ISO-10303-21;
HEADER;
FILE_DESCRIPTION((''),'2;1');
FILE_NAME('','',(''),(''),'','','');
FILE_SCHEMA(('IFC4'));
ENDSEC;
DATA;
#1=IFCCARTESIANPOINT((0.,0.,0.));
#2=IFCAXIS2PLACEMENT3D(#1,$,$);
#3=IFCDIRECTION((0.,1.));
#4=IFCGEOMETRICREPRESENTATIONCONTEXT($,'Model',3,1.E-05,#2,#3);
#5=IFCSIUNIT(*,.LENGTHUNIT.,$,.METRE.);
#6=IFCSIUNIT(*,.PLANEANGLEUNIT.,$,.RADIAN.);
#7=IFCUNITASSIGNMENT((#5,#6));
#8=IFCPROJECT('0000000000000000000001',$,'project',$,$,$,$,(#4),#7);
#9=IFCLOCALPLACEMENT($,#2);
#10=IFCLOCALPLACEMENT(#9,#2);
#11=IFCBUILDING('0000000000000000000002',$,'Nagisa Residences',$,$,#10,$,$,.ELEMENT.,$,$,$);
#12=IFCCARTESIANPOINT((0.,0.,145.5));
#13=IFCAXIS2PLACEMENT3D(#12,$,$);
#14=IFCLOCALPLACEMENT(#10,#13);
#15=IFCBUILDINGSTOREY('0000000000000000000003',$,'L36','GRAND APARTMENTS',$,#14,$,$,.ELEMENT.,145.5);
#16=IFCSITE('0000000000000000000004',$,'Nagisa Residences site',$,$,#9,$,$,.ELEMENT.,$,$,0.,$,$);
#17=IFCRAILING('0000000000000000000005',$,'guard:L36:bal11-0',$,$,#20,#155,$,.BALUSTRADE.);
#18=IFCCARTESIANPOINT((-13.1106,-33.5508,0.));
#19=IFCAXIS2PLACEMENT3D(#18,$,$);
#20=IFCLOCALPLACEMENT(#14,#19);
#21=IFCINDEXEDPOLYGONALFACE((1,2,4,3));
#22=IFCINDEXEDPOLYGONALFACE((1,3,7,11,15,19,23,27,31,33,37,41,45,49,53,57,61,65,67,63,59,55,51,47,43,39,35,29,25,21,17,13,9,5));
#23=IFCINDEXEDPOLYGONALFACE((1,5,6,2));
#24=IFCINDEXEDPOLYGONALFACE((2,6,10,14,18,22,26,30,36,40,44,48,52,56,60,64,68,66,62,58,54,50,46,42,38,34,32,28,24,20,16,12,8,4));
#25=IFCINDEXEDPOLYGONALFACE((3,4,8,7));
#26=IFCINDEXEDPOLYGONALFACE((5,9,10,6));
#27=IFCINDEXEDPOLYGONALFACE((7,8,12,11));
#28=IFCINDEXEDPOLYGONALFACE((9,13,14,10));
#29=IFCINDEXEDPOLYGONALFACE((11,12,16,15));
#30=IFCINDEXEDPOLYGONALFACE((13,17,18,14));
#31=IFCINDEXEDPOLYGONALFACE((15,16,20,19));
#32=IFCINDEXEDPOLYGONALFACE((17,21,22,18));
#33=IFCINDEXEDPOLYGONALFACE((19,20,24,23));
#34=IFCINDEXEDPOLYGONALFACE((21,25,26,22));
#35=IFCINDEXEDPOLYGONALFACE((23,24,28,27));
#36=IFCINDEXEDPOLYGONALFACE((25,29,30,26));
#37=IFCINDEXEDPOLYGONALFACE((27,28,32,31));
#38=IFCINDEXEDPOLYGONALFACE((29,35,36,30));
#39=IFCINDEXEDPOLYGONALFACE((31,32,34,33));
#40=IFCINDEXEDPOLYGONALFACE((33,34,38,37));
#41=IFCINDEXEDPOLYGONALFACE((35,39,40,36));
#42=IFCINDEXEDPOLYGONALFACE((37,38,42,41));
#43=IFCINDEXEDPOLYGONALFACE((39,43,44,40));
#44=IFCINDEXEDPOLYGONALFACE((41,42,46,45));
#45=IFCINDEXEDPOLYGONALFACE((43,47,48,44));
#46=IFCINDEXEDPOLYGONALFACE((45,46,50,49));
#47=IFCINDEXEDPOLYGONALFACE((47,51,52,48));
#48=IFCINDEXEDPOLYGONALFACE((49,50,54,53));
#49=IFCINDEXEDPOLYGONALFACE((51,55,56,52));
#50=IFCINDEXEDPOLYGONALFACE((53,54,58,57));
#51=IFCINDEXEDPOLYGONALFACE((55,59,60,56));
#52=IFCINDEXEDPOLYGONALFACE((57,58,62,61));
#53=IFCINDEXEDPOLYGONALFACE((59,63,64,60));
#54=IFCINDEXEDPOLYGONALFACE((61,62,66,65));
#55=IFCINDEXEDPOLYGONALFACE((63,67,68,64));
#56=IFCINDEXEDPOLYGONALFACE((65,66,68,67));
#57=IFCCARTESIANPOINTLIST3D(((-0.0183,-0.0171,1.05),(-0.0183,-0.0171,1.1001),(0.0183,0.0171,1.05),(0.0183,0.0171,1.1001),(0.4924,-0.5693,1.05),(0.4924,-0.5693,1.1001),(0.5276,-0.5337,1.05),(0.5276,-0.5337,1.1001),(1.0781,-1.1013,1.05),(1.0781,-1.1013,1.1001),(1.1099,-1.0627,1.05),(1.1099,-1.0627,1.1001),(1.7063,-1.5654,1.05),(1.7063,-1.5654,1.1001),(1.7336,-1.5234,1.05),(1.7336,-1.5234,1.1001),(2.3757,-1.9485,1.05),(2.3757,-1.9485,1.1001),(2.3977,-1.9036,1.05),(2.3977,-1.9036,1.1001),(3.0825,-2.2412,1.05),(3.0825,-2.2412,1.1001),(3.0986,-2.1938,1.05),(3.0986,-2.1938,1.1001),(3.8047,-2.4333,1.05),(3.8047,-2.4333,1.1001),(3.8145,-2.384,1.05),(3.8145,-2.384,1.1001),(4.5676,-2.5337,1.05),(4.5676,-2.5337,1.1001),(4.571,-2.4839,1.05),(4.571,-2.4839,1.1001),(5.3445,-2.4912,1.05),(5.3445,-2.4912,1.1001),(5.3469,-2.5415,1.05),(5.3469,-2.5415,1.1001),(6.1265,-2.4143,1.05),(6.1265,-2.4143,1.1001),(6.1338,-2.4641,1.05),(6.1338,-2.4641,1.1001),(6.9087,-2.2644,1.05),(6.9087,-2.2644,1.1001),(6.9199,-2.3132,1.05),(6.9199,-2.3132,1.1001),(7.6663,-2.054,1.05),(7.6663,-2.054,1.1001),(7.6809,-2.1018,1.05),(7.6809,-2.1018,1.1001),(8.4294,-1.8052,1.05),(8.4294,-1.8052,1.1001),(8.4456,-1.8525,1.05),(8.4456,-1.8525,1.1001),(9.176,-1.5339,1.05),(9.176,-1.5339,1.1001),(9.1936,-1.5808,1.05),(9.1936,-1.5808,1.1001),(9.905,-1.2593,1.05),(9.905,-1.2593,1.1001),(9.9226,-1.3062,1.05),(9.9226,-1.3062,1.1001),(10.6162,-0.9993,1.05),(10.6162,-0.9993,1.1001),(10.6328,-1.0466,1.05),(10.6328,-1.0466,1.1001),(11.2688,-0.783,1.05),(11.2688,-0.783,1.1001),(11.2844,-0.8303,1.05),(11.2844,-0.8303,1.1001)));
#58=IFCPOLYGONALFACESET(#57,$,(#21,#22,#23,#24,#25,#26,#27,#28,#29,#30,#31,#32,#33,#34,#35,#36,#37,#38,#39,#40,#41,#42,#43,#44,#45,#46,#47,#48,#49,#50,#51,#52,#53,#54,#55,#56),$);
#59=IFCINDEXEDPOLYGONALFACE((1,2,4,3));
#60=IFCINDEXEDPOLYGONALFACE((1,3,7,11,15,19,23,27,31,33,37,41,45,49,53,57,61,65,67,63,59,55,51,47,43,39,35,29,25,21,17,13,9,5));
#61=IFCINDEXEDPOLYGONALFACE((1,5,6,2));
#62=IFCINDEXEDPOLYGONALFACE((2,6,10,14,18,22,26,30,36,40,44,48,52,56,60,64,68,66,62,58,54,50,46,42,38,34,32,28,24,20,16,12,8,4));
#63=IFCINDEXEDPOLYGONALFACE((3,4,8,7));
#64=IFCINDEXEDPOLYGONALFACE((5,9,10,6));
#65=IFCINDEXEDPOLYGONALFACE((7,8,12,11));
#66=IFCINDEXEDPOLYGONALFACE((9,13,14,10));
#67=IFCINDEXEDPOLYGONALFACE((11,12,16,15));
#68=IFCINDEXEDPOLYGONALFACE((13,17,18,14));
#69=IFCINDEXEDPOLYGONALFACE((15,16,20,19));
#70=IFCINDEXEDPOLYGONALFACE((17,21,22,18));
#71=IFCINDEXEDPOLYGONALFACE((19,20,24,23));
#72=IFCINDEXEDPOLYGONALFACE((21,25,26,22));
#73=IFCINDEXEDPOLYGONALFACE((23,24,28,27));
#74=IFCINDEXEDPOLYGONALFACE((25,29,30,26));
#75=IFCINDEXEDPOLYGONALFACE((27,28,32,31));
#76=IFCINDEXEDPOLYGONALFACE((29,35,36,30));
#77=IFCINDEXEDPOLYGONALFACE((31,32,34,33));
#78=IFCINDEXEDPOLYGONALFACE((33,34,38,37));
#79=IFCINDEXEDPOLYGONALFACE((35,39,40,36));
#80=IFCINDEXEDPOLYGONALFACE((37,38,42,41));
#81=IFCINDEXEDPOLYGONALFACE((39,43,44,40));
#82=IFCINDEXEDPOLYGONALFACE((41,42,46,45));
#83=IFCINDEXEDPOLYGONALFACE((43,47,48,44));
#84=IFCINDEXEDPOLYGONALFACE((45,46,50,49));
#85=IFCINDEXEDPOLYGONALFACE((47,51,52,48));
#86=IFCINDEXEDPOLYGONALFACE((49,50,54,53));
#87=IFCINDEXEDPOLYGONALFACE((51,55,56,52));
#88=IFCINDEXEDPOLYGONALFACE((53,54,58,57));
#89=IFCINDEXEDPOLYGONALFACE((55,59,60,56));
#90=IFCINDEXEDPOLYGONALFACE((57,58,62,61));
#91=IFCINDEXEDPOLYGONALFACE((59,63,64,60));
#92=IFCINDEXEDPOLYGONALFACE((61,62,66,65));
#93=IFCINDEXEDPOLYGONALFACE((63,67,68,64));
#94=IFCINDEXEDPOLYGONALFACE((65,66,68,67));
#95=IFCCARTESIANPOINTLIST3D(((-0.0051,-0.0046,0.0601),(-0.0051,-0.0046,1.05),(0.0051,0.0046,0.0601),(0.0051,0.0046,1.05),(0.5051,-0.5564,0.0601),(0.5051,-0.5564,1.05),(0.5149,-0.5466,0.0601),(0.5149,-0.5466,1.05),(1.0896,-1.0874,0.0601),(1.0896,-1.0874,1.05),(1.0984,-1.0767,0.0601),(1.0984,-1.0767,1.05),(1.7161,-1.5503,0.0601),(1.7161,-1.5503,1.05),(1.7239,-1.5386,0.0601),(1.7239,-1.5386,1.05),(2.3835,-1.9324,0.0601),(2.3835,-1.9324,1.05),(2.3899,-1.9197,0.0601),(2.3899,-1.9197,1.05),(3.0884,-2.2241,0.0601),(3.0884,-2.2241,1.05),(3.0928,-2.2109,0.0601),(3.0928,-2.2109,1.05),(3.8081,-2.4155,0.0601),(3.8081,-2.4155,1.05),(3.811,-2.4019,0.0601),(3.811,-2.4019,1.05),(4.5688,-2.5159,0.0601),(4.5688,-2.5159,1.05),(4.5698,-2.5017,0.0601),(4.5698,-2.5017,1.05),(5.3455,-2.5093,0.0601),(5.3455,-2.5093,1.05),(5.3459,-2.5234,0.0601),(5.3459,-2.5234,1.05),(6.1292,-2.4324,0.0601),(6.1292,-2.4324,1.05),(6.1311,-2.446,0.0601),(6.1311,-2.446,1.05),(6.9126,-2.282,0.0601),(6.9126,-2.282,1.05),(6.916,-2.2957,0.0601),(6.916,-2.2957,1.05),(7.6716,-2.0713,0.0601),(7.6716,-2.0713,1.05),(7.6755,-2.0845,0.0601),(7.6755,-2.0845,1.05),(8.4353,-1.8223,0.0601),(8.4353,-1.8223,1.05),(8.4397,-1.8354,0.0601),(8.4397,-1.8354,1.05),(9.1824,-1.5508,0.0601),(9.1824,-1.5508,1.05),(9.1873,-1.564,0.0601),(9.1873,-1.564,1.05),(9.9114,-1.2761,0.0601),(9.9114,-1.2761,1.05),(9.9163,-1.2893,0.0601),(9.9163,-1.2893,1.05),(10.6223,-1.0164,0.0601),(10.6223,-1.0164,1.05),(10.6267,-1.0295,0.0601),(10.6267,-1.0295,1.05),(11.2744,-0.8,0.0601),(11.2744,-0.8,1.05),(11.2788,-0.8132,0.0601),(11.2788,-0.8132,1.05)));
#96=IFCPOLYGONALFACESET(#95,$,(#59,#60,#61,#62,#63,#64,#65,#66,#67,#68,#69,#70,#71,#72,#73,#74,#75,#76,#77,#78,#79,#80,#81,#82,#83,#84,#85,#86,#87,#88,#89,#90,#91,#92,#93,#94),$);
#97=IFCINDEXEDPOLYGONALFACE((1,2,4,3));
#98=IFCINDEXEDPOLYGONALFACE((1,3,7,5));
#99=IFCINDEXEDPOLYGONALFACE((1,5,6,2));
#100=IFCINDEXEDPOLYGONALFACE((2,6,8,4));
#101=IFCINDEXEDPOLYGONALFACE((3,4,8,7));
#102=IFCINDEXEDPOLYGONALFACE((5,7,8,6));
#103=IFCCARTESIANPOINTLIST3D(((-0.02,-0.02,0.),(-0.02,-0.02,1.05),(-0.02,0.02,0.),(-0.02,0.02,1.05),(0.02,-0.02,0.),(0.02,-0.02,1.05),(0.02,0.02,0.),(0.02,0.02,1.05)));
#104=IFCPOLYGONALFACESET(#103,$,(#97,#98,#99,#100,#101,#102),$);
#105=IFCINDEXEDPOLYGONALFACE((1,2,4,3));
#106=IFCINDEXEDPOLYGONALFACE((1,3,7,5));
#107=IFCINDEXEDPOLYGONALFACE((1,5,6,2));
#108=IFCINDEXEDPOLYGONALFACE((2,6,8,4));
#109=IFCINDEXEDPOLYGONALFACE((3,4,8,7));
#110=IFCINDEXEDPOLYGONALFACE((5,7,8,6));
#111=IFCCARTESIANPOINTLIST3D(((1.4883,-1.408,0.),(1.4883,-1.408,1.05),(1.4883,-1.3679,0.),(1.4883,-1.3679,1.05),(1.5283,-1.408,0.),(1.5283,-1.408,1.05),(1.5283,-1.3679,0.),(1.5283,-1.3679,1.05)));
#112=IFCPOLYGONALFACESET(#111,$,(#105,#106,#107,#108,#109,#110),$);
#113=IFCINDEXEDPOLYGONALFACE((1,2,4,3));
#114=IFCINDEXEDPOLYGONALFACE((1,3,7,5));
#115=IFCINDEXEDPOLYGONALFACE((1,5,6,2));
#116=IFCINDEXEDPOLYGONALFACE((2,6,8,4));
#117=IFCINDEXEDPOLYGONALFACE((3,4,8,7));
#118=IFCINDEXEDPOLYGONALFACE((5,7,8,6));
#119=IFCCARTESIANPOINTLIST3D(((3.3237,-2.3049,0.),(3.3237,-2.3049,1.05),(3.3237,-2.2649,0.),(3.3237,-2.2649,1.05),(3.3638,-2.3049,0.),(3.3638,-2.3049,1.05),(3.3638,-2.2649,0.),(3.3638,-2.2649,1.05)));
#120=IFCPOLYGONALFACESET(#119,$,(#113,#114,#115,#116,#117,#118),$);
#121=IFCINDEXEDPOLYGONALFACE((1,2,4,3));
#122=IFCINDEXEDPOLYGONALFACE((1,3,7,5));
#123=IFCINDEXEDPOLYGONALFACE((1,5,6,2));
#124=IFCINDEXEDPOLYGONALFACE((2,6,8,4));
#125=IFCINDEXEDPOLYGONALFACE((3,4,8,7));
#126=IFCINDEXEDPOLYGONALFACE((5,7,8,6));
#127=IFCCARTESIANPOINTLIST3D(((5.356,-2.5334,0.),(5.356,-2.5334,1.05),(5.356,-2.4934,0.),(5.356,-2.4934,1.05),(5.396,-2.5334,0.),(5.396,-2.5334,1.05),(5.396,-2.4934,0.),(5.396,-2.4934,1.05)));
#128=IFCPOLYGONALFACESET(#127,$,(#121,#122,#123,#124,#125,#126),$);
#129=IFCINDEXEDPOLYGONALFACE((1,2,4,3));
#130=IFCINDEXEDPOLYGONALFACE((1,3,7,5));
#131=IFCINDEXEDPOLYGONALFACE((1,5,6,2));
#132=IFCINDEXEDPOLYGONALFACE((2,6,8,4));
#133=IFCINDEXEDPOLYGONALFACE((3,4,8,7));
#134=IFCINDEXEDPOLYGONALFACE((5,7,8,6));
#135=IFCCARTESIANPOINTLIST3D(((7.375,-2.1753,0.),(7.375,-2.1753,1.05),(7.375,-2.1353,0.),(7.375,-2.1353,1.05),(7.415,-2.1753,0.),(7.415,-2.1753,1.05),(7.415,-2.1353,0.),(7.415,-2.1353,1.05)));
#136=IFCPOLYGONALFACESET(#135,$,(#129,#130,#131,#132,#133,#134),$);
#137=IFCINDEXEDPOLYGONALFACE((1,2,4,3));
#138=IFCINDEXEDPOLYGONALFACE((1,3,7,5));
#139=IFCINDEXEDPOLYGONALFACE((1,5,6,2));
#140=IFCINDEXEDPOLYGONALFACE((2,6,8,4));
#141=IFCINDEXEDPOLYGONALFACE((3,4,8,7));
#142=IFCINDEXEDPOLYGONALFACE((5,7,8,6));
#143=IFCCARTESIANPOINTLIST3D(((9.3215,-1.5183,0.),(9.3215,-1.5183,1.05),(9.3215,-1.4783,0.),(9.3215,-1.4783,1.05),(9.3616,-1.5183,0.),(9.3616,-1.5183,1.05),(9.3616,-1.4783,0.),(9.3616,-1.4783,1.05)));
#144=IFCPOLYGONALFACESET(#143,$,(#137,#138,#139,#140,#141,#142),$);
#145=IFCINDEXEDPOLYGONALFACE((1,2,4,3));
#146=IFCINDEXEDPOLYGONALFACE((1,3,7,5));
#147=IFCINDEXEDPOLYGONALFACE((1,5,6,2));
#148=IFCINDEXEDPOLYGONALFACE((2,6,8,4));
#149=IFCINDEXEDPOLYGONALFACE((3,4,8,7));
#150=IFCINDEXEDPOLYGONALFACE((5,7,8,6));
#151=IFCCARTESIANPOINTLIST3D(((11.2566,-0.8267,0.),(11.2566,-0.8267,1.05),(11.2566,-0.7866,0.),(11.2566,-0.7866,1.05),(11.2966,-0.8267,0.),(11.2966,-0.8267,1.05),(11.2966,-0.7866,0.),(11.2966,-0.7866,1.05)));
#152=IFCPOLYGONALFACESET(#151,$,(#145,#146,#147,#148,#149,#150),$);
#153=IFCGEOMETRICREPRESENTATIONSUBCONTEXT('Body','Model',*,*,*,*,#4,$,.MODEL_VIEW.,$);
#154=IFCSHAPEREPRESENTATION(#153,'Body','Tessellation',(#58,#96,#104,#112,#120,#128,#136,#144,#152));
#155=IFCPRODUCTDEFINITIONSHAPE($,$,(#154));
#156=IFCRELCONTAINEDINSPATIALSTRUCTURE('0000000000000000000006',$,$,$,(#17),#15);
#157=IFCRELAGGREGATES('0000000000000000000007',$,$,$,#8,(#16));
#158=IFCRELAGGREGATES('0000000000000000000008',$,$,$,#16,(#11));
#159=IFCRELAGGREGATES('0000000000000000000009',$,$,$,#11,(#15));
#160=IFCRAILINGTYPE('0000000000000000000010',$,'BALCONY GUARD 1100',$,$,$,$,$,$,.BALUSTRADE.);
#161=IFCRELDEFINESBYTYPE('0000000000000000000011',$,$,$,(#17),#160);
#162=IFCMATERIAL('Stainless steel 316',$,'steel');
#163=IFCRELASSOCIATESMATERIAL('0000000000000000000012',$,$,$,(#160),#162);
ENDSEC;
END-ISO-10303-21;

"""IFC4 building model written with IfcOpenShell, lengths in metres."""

from ifc_helpers import new_model, si_unit, direction, frame, origin, origin_2d, place, context, subcontext, project, spatial, polyline, rectangle, outline, extrude, material, type_object, element, save


model = new_model("IFC4")

# Units and contexts
model_context = context("Model", 3, precision=1e-05, world=origin(), true_north=direction((0.0, 1.0)))
body_context = subcontext(model_context, "Body", "Model", "MODEL_VIEW")
ifc_project = project(units=[si_unit("LENGTHUNIT", "METRE"), si_unit("PLANEANGLEUNIT", "RADIAN")], contexts=[model_context])

# Site, building, storey
site_placement = place(None, origin())
site = spatial("IfcSite", under=ifc_project, at=site_placement, Name="Nagisa Residences site", CompositionType="ELEMENT", RefElevation=0.0)
building_placement = place(site_placement, origin())
building = spatial("IfcBuilding", under=site, at=building_placement, Name="Nagisa Residences", CompositionType="ELEMENT")
storey_placement = place(building_placement, frame((0.0, 0.0, 145.5)))
storey = spatial("IfcBuildingStorey", under=building, at=storey_placement, Name="L36", Description="GRAND APARTMENTS", CompositionType="ELEMENT", Elevation=145.5)

# Railing
ifc_material_1 = material(Name="Stainless steel 316", Category="steel")
railing_type = type_object("IfcRailingType", Name="BALCONY GUARD 1100", PredefinedType="BALUSTRADE", material=ifc_material_1)
railing_1_placement = place(storey_placement, frame((-13.1106, -33.5508, 0.0)))
element("IfcRailing", 1, at=railing_1_placement, inside=storey, type_object=railing_type, Name="guard:L36:bal11-0", PredefinedType="BALUSTRADE", context=body_context, shape_type="SweptSolid", body=[
    extrude(outline(polyline([(0.5276, -0.5337), (0.0183, 0.0171), (-0.0183, -0.0171), (0.4924, -0.5693), (1.0781, -1.1013), (1.7063, -1.5654), (2.3757, -1.9485), (3.0825, -2.2412), (3.8047, -2.4333), (4.5676, -2.5337), (5.3469, -2.5415), (6.1338, -2.4641), (6.9199, -2.3132), (7.6809, -2.1018), (8.4456, -1.8525), (9.1936, -1.5808), (9.9226, -1.3062), (10.6328, -1.0466), (11.2844, -0.8303), (11.2688, -0.783), (10.6162, -0.9993), (9.905, -1.2593), (9.176, -1.5339), (8.4294, -1.8052), (7.6663, -2.054), (6.9087, -2.2644), (6.1265, -2.4143), (5.3445, -2.4912), (4.571, -2.4839), (3.8145, -2.384), (3.0986, -2.1938), (2.3977, -1.9036), (1.7336, -1.5234), (1.1099, -1.0627), (0.5276, -0.5337)])), frame((0.0, 0.0, 1.05)), (0.0, 0.0, 1.0), 0.05),
    extrude(outline(polyline([(0.5149, -0.5466), (0.0051, 0.0046), (-0.0051, -0.0046), (0.5051, -0.5564), (1.0896, -1.0874), (1.7161, -1.5503), (2.3835, -1.9324), (3.0884, -2.2241), (3.8081, -2.4155), (4.5688, -2.5159), (5.3459, -2.5234), (6.1311, -2.446), (6.916, -2.2957), (7.6755, -2.0845), (8.4397, -1.8354), (9.1873, -1.564), (9.9163, -1.2893), (10.6267, -1.0295), (11.2788, -0.8132), (11.2744, -0.8), (10.6223, -1.0164), (9.9114, -1.2761), (9.1824, -1.5508), (8.4353, -1.8223), (7.6716, -2.0713), (6.9126, -2.282), (6.1292, -2.4324), (5.3455, -2.5093), (4.5698, -2.5017), (3.811, -2.4019), (3.0928, -2.2109), (2.3899, -1.9197), (1.7239, -1.5386), (1.0984, -1.0767), (0.5149, -0.5466)])), frame((0.0, 0.0, 0.0601)), (0.0, 0.0, 1.0), 0.99),
    extrude(rectangle(XDim=0.04, YDim=0.04, at=origin_2d()), origin(), (0.0, 0.0, 1.0), 1.05),
    extrude(rectangle(XDim=0.04, YDim=0.04, at=origin_2d()), frame((1.5083, -1.3879, 0.0)), (0.0, 0.0, 1.0), 1.05),
    extrude(rectangle(XDim=0.04, YDim=0.04, at=origin_2d()), frame((3.3438, -2.2849, 0.0)), (0.0, 0.0, 1.0), 1.05),
    extrude(rectangle(XDim=0.04, YDim=0.04, at=origin_2d()), frame((5.376, -2.5134, 0.0)), (0.0, 0.0, 1.0), 1.05),
    extrude(rectangle(XDim=0.04, YDim=0.04, at=origin_2d()), frame((7.395, -2.1553, 0.0)), (0.0, 0.0, 1.0), 1.05),
    extrude(rectangle(XDim=0.04, YDim=0.04, at=origin_2d()), frame((9.3416, -1.4983, 0.0)), (0.0, 0.0, 1.0), 1.05),
    extrude(rectangle(XDim=0.04, YDim=0.04, at=origin_2d()), frame((11.2766, -0.8066, 0.0)), (0.0, 0.0, 1.0), 1.05),
])

save(model, "model.ifc")
